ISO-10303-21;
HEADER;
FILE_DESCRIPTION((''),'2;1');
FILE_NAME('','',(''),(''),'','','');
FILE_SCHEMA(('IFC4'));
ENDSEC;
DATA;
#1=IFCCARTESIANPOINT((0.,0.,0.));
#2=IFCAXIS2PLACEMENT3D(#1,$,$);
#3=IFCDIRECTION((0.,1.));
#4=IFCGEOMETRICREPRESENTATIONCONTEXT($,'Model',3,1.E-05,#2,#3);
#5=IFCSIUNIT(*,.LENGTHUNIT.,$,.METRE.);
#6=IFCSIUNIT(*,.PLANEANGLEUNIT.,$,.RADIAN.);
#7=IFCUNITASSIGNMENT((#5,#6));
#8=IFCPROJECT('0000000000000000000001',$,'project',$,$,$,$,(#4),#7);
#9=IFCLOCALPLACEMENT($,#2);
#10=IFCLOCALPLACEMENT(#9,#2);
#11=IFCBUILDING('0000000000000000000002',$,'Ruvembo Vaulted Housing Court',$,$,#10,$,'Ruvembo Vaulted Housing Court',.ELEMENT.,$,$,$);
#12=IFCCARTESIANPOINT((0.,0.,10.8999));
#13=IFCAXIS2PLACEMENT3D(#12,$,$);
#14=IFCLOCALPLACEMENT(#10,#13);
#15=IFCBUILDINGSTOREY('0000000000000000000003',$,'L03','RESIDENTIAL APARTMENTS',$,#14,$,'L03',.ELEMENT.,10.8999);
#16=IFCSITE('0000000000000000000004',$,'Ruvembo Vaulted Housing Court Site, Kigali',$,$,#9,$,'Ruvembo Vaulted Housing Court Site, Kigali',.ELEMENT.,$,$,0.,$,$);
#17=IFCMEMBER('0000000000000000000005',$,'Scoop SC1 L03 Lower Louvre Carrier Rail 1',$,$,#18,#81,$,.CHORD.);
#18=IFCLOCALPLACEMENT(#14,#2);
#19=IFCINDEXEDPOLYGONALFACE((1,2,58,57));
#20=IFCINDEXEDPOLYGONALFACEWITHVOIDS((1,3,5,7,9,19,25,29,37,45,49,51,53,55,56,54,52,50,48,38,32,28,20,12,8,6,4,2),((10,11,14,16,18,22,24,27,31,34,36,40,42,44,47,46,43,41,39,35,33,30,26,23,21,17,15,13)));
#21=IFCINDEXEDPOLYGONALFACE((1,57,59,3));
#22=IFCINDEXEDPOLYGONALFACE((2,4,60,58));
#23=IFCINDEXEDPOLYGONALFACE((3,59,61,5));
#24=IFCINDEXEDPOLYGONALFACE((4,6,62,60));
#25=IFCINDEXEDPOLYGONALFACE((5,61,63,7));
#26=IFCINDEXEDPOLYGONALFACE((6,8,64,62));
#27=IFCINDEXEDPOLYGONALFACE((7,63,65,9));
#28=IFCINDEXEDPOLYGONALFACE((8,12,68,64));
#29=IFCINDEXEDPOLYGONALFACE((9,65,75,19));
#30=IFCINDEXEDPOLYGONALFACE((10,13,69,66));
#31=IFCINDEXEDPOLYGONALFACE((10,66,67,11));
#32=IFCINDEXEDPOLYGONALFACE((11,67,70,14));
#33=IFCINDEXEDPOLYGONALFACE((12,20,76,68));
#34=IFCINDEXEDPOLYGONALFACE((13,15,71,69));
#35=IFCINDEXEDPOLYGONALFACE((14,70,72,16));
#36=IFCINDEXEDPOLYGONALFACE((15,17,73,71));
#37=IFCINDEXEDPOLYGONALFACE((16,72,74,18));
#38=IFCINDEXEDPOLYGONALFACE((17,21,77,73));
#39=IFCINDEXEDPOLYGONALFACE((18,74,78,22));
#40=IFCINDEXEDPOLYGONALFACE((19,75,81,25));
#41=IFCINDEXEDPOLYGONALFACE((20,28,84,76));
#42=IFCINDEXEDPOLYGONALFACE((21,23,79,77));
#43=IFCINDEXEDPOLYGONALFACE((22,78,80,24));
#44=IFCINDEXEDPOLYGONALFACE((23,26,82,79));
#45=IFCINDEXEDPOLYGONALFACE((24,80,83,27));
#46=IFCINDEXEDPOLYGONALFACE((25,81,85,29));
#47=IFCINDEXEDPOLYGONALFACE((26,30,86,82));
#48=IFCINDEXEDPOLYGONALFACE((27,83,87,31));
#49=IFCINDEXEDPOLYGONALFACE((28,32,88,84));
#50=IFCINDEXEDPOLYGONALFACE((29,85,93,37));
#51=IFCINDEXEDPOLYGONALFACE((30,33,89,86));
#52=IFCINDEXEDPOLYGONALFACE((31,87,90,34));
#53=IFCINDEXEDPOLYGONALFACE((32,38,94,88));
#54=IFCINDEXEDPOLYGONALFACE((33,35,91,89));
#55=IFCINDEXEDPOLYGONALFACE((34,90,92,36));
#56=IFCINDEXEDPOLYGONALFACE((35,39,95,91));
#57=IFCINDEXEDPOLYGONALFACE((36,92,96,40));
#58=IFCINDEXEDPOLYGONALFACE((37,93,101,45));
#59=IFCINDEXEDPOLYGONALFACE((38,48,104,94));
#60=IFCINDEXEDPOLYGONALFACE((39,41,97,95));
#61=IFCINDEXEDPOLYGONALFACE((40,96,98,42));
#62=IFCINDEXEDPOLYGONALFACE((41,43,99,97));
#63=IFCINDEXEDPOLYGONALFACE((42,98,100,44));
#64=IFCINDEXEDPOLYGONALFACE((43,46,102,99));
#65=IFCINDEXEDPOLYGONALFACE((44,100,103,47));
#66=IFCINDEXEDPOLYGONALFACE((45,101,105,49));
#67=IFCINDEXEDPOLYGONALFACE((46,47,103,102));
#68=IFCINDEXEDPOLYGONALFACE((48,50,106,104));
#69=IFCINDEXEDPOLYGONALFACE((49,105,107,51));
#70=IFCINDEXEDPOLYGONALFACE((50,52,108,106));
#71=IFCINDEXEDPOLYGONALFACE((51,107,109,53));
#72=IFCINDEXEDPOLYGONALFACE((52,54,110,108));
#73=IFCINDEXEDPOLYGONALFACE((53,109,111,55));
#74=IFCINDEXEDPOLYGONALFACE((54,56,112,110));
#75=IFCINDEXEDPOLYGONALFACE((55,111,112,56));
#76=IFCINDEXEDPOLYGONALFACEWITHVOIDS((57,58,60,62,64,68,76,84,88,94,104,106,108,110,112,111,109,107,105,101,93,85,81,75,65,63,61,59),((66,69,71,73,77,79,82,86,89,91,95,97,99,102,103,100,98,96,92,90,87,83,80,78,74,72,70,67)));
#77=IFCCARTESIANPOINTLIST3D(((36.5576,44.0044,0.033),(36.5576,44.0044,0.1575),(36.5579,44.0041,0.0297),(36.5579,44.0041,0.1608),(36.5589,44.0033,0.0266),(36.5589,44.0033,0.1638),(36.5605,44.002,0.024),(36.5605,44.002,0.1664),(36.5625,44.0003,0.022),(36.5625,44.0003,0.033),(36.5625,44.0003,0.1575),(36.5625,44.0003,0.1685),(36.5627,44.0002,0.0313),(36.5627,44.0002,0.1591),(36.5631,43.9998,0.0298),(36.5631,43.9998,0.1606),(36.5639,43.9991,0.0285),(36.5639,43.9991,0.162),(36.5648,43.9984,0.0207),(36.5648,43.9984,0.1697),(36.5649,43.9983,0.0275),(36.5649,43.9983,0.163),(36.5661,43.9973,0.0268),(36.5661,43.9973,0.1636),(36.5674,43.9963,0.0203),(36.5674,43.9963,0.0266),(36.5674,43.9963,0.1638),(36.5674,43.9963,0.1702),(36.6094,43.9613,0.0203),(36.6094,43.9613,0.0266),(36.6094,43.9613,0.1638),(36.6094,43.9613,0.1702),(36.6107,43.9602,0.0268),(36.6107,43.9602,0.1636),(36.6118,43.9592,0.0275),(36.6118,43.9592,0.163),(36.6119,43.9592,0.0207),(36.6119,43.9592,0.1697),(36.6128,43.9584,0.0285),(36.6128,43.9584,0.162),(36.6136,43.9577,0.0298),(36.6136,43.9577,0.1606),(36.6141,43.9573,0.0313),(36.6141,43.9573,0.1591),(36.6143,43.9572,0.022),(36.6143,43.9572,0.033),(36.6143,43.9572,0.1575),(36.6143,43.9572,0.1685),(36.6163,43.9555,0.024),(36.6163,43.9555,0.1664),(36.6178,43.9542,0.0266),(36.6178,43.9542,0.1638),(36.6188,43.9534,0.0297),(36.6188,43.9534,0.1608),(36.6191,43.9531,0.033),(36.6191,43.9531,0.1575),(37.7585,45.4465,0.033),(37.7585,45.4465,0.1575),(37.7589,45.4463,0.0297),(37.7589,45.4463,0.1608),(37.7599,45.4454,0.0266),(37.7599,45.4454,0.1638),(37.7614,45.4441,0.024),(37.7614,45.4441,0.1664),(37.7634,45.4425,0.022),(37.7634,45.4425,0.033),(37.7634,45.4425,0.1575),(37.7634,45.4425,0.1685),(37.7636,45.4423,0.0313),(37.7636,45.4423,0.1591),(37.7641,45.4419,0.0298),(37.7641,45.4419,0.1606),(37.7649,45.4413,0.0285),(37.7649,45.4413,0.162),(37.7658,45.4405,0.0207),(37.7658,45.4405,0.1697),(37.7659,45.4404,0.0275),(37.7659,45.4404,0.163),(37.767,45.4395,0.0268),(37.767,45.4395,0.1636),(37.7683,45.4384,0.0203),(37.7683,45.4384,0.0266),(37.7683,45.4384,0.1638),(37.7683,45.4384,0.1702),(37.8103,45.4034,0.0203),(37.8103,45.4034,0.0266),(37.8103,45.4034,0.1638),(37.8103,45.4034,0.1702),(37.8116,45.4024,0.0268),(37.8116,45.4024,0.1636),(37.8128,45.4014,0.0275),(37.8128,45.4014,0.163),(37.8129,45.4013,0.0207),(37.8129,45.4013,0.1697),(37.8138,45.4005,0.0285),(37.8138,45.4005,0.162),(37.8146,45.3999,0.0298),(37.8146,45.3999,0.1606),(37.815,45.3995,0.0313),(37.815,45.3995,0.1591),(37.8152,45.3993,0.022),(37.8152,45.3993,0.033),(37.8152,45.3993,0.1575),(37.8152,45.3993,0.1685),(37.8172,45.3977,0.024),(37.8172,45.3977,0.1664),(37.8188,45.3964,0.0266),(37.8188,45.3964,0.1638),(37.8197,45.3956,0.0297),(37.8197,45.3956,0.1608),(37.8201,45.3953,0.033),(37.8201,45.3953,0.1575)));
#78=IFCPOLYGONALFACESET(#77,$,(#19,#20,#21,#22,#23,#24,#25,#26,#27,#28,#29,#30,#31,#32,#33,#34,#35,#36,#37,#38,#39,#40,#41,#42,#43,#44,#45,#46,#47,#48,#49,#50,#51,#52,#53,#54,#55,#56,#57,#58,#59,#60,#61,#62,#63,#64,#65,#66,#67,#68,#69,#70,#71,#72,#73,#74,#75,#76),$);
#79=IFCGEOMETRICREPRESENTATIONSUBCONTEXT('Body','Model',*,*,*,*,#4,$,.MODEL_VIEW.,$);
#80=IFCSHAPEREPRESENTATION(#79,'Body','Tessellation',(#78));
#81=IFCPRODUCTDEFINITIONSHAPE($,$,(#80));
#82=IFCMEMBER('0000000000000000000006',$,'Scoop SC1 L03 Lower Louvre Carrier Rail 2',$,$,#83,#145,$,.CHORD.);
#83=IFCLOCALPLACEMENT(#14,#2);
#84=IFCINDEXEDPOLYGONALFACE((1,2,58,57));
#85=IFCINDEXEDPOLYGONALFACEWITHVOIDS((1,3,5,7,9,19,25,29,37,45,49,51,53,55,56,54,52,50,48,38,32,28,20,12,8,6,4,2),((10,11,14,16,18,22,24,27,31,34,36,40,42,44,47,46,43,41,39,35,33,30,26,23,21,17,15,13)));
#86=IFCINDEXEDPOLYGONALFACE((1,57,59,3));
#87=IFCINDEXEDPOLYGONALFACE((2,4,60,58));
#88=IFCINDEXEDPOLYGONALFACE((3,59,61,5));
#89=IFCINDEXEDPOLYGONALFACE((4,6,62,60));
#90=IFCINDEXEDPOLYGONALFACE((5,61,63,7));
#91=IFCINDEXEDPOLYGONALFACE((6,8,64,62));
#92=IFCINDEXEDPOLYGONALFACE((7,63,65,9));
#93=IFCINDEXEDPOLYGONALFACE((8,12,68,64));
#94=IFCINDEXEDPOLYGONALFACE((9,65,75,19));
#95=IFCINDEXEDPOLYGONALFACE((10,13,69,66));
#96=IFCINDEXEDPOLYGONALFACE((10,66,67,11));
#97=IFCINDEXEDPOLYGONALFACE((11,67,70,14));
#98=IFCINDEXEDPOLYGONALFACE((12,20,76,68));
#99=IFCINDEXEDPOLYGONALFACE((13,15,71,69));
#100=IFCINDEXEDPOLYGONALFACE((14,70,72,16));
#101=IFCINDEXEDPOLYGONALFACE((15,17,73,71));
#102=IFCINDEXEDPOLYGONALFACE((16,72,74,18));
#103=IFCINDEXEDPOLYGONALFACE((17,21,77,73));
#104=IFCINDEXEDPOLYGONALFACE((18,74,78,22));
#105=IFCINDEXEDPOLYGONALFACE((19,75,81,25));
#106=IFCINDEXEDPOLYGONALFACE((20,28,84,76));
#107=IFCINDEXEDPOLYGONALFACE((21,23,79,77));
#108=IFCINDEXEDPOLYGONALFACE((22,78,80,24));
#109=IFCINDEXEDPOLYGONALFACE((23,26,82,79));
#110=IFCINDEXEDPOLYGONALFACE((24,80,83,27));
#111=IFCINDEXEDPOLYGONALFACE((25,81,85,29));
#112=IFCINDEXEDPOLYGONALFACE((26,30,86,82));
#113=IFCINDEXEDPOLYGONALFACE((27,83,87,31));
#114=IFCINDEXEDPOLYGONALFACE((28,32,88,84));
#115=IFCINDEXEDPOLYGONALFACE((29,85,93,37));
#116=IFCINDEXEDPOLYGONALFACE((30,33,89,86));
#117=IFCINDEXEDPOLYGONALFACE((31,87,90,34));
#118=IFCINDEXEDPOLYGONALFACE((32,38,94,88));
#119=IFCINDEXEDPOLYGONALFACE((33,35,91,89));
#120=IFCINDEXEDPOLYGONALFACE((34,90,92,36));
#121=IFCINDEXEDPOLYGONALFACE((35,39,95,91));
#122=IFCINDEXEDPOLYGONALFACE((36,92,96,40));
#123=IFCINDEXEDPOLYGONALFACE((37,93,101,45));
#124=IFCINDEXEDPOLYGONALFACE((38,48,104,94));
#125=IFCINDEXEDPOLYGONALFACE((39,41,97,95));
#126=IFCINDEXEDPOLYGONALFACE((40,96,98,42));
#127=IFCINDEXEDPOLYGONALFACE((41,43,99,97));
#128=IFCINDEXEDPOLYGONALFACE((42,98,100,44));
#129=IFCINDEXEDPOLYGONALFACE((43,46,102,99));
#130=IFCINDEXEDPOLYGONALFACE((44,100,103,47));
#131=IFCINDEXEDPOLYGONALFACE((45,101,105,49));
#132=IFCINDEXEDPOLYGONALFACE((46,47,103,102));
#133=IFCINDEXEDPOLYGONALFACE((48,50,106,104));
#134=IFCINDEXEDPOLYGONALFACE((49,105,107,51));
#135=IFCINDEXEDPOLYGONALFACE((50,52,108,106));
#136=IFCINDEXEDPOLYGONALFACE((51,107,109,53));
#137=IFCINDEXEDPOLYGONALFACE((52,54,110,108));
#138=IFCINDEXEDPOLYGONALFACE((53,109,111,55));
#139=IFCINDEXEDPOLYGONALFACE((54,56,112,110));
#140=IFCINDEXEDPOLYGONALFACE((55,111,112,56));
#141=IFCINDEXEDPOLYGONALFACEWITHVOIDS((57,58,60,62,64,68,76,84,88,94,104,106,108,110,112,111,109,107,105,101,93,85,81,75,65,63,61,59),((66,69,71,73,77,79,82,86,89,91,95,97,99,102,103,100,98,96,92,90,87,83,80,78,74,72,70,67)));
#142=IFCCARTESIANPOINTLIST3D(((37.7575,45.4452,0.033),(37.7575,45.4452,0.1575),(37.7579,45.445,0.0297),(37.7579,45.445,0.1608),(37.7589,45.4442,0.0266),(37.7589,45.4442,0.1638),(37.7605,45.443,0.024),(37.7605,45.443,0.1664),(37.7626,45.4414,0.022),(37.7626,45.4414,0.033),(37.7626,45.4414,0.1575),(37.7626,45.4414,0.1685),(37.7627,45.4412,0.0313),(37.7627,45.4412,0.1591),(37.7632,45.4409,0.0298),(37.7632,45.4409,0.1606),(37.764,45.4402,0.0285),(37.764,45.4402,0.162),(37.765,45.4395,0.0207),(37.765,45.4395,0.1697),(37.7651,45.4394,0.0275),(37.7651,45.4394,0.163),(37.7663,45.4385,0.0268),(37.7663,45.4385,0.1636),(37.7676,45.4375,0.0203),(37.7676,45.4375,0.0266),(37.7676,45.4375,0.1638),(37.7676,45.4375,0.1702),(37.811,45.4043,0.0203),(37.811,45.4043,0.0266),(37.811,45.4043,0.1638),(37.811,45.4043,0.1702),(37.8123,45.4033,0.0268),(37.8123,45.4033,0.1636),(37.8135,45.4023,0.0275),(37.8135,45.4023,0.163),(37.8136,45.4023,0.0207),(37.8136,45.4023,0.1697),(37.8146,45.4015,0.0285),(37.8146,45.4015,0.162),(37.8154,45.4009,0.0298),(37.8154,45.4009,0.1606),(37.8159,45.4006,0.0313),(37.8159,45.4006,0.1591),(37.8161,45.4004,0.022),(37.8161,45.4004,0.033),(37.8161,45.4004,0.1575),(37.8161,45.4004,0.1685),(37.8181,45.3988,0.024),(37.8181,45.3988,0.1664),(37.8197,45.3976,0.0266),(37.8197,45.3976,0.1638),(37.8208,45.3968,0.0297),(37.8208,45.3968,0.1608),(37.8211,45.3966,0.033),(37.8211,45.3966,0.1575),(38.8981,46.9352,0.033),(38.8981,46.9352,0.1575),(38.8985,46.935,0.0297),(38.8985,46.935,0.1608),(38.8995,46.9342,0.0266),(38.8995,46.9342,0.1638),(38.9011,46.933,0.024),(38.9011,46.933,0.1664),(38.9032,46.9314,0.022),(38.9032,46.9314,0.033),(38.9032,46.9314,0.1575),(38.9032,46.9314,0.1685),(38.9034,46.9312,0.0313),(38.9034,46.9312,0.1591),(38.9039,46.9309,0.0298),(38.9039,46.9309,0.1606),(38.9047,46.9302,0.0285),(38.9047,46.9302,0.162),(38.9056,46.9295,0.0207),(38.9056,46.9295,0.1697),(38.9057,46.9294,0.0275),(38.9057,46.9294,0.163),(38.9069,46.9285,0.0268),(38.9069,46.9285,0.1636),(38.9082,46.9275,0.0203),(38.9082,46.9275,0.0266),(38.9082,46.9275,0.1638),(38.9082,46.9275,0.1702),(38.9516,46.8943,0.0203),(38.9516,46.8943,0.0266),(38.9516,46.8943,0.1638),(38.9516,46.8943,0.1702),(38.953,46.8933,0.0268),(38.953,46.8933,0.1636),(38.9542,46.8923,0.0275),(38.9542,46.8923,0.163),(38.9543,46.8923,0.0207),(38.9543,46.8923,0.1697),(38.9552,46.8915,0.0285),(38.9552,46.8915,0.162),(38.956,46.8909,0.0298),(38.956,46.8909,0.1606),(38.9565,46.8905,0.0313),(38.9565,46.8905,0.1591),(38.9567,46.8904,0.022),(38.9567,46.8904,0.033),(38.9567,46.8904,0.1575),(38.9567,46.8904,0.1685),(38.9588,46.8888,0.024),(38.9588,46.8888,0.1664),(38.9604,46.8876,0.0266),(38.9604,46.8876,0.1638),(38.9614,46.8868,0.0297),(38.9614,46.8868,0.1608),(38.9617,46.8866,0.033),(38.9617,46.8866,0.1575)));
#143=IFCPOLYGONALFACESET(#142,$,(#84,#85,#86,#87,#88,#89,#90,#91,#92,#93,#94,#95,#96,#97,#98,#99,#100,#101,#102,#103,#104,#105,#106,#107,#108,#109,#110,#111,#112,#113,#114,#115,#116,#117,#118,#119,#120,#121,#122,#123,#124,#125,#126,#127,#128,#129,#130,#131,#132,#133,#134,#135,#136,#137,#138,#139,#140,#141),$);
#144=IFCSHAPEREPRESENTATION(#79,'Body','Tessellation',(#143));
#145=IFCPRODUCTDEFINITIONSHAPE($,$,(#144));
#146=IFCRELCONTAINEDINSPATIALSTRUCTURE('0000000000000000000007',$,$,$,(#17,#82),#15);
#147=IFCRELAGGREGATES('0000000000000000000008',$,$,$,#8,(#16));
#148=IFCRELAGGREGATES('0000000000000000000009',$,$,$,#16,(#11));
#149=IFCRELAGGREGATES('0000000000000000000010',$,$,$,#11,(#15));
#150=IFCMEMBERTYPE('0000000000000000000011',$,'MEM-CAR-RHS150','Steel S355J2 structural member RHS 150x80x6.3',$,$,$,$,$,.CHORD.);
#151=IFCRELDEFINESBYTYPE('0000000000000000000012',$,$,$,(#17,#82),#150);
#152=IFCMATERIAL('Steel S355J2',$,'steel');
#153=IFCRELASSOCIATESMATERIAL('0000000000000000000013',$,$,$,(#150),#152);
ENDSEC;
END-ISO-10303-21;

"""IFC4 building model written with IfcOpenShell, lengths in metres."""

from ifc_helpers import new_model, si_unit, direction, frame, origin, origin_2d, place, context, subcontext, project, spatial, hollow_rectangle, extrude, material, material_profile, profile_set, type_object, element, save


model = new_model("IFC4")

# Units and contexts
model_context = context("Model", 3, precision=1e-05, world=origin(), true_north=direction((0.0, 1.0)))
body_context = subcontext(model_context, "Body", "Model", "MODEL_VIEW")
ifc_project = project(units=[si_unit("LENGTHUNIT", "METRE"), si_unit("PLANEANGLEUNIT", "RADIAN")], contexts=[model_context])

# Site, building, storey
site_placement = place(None, origin())
site = spatial("IfcSite", under=ifc_project, at=site_placement, Name="Ruvembo Vaulted Housing Court Site, Kigali", LongName="Ruvembo Vaulted Housing Court Site, Kigali", CompositionType="ELEMENT", RefElevation=0.0)
building_placement = place(site_placement, origin())
building = spatial("IfcBuilding", under=site, at=building_placement, Name="Ruvembo Vaulted Housing Court", LongName="Ruvembo Vaulted Housing Court", CompositionType="ELEMENT")
storey_placement = place(building_placement, frame((0.0, 0.0, 10.8999)))
storey = spatial("IfcBuildingStorey", under=building, at=storey_placement, Name="L03", Description="RESIDENTIAL APARTMENTS", LongName="L03", CompositionType="ELEMENT", Elevation=10.8999)

# Shared definitions
ifc_material_1 = material(Name="Steel S355J2", Category="steel")

# Members
ifc_material_profile_1 = material_profile(ifc_material_1, hollow_rectangle(XDim=0.0801, YDim=0.1499, WallThickness=0.0063, InnerFilletRadius=0.0063, OuterFilletRadius=0.0127, at=origin_2d()), Name="RHS 150x80x6.3")
ifc_profile_set_1 = profile_set([ifc_material_profile_1], Name="Steel S355J2")
member_type_1 = type_object("IfcMemberType", Name="MEM-CAR-RHS150", Description="Steel S355J2 structural member RHS 150x80x6.3", PredefinedType="CHORD", material=ifc_profile_set_1)
for number, where, z_axis, x_axis, name in (
    (1, (36.5884, 43.9788, 0.0952), (0.639916, 0.768445, 0.0), (-0.768445, 0.639916, 0.0), "Scoop SC1 L03 Lower Louvre Carrier Rail 1"),
):
    element("IfcMember", number, at=place(storey_placement, frame(where, z_axis=z_axis, x_axis=x_axis)), inside=storey, type_object=member_type_1, Name=name, PredefinedType="CHORD", context=body_context, shape_type="SweptSolid", body=[
        extrude(hollow_rectangle(XDim=0.0801, YDim=0.1499, WallThickness=0.0063, InnerFilletRadius=0.0063, OuterFilletRadius=0.0127, at=origin_2d()), origin(), (0.0, 0.0, 1.0), 1.8767),
    ])
member_1_placement = place(storey_placement, frame((37.7893, 45.4209, 0.0952), z_axis=(0.607861, 0.794044, 0.0), x_axis=(-0.794044, 0.607861, 0.0)))
element("IfcMember", 2, at=member_1_placement, inside=storey, type_object=member_type_1, Name="Scoop SC1 L03 Lower Louvre Carrier Rail 2", PredefinedType="CHORD", context=body_context, shape_type="SweptSolid", body=[
    extrude(hollow_rectangle(XDim=0.0801, YDim=0.1499, WallThickness=0.0063, InnerFilletRadius=0.0063, OuterFilletRadius=0.0127, at=origin_2d()), origin(), (0.0, 0.0, 1.0), 1.8765),
])

save(model, "model.ifc")
